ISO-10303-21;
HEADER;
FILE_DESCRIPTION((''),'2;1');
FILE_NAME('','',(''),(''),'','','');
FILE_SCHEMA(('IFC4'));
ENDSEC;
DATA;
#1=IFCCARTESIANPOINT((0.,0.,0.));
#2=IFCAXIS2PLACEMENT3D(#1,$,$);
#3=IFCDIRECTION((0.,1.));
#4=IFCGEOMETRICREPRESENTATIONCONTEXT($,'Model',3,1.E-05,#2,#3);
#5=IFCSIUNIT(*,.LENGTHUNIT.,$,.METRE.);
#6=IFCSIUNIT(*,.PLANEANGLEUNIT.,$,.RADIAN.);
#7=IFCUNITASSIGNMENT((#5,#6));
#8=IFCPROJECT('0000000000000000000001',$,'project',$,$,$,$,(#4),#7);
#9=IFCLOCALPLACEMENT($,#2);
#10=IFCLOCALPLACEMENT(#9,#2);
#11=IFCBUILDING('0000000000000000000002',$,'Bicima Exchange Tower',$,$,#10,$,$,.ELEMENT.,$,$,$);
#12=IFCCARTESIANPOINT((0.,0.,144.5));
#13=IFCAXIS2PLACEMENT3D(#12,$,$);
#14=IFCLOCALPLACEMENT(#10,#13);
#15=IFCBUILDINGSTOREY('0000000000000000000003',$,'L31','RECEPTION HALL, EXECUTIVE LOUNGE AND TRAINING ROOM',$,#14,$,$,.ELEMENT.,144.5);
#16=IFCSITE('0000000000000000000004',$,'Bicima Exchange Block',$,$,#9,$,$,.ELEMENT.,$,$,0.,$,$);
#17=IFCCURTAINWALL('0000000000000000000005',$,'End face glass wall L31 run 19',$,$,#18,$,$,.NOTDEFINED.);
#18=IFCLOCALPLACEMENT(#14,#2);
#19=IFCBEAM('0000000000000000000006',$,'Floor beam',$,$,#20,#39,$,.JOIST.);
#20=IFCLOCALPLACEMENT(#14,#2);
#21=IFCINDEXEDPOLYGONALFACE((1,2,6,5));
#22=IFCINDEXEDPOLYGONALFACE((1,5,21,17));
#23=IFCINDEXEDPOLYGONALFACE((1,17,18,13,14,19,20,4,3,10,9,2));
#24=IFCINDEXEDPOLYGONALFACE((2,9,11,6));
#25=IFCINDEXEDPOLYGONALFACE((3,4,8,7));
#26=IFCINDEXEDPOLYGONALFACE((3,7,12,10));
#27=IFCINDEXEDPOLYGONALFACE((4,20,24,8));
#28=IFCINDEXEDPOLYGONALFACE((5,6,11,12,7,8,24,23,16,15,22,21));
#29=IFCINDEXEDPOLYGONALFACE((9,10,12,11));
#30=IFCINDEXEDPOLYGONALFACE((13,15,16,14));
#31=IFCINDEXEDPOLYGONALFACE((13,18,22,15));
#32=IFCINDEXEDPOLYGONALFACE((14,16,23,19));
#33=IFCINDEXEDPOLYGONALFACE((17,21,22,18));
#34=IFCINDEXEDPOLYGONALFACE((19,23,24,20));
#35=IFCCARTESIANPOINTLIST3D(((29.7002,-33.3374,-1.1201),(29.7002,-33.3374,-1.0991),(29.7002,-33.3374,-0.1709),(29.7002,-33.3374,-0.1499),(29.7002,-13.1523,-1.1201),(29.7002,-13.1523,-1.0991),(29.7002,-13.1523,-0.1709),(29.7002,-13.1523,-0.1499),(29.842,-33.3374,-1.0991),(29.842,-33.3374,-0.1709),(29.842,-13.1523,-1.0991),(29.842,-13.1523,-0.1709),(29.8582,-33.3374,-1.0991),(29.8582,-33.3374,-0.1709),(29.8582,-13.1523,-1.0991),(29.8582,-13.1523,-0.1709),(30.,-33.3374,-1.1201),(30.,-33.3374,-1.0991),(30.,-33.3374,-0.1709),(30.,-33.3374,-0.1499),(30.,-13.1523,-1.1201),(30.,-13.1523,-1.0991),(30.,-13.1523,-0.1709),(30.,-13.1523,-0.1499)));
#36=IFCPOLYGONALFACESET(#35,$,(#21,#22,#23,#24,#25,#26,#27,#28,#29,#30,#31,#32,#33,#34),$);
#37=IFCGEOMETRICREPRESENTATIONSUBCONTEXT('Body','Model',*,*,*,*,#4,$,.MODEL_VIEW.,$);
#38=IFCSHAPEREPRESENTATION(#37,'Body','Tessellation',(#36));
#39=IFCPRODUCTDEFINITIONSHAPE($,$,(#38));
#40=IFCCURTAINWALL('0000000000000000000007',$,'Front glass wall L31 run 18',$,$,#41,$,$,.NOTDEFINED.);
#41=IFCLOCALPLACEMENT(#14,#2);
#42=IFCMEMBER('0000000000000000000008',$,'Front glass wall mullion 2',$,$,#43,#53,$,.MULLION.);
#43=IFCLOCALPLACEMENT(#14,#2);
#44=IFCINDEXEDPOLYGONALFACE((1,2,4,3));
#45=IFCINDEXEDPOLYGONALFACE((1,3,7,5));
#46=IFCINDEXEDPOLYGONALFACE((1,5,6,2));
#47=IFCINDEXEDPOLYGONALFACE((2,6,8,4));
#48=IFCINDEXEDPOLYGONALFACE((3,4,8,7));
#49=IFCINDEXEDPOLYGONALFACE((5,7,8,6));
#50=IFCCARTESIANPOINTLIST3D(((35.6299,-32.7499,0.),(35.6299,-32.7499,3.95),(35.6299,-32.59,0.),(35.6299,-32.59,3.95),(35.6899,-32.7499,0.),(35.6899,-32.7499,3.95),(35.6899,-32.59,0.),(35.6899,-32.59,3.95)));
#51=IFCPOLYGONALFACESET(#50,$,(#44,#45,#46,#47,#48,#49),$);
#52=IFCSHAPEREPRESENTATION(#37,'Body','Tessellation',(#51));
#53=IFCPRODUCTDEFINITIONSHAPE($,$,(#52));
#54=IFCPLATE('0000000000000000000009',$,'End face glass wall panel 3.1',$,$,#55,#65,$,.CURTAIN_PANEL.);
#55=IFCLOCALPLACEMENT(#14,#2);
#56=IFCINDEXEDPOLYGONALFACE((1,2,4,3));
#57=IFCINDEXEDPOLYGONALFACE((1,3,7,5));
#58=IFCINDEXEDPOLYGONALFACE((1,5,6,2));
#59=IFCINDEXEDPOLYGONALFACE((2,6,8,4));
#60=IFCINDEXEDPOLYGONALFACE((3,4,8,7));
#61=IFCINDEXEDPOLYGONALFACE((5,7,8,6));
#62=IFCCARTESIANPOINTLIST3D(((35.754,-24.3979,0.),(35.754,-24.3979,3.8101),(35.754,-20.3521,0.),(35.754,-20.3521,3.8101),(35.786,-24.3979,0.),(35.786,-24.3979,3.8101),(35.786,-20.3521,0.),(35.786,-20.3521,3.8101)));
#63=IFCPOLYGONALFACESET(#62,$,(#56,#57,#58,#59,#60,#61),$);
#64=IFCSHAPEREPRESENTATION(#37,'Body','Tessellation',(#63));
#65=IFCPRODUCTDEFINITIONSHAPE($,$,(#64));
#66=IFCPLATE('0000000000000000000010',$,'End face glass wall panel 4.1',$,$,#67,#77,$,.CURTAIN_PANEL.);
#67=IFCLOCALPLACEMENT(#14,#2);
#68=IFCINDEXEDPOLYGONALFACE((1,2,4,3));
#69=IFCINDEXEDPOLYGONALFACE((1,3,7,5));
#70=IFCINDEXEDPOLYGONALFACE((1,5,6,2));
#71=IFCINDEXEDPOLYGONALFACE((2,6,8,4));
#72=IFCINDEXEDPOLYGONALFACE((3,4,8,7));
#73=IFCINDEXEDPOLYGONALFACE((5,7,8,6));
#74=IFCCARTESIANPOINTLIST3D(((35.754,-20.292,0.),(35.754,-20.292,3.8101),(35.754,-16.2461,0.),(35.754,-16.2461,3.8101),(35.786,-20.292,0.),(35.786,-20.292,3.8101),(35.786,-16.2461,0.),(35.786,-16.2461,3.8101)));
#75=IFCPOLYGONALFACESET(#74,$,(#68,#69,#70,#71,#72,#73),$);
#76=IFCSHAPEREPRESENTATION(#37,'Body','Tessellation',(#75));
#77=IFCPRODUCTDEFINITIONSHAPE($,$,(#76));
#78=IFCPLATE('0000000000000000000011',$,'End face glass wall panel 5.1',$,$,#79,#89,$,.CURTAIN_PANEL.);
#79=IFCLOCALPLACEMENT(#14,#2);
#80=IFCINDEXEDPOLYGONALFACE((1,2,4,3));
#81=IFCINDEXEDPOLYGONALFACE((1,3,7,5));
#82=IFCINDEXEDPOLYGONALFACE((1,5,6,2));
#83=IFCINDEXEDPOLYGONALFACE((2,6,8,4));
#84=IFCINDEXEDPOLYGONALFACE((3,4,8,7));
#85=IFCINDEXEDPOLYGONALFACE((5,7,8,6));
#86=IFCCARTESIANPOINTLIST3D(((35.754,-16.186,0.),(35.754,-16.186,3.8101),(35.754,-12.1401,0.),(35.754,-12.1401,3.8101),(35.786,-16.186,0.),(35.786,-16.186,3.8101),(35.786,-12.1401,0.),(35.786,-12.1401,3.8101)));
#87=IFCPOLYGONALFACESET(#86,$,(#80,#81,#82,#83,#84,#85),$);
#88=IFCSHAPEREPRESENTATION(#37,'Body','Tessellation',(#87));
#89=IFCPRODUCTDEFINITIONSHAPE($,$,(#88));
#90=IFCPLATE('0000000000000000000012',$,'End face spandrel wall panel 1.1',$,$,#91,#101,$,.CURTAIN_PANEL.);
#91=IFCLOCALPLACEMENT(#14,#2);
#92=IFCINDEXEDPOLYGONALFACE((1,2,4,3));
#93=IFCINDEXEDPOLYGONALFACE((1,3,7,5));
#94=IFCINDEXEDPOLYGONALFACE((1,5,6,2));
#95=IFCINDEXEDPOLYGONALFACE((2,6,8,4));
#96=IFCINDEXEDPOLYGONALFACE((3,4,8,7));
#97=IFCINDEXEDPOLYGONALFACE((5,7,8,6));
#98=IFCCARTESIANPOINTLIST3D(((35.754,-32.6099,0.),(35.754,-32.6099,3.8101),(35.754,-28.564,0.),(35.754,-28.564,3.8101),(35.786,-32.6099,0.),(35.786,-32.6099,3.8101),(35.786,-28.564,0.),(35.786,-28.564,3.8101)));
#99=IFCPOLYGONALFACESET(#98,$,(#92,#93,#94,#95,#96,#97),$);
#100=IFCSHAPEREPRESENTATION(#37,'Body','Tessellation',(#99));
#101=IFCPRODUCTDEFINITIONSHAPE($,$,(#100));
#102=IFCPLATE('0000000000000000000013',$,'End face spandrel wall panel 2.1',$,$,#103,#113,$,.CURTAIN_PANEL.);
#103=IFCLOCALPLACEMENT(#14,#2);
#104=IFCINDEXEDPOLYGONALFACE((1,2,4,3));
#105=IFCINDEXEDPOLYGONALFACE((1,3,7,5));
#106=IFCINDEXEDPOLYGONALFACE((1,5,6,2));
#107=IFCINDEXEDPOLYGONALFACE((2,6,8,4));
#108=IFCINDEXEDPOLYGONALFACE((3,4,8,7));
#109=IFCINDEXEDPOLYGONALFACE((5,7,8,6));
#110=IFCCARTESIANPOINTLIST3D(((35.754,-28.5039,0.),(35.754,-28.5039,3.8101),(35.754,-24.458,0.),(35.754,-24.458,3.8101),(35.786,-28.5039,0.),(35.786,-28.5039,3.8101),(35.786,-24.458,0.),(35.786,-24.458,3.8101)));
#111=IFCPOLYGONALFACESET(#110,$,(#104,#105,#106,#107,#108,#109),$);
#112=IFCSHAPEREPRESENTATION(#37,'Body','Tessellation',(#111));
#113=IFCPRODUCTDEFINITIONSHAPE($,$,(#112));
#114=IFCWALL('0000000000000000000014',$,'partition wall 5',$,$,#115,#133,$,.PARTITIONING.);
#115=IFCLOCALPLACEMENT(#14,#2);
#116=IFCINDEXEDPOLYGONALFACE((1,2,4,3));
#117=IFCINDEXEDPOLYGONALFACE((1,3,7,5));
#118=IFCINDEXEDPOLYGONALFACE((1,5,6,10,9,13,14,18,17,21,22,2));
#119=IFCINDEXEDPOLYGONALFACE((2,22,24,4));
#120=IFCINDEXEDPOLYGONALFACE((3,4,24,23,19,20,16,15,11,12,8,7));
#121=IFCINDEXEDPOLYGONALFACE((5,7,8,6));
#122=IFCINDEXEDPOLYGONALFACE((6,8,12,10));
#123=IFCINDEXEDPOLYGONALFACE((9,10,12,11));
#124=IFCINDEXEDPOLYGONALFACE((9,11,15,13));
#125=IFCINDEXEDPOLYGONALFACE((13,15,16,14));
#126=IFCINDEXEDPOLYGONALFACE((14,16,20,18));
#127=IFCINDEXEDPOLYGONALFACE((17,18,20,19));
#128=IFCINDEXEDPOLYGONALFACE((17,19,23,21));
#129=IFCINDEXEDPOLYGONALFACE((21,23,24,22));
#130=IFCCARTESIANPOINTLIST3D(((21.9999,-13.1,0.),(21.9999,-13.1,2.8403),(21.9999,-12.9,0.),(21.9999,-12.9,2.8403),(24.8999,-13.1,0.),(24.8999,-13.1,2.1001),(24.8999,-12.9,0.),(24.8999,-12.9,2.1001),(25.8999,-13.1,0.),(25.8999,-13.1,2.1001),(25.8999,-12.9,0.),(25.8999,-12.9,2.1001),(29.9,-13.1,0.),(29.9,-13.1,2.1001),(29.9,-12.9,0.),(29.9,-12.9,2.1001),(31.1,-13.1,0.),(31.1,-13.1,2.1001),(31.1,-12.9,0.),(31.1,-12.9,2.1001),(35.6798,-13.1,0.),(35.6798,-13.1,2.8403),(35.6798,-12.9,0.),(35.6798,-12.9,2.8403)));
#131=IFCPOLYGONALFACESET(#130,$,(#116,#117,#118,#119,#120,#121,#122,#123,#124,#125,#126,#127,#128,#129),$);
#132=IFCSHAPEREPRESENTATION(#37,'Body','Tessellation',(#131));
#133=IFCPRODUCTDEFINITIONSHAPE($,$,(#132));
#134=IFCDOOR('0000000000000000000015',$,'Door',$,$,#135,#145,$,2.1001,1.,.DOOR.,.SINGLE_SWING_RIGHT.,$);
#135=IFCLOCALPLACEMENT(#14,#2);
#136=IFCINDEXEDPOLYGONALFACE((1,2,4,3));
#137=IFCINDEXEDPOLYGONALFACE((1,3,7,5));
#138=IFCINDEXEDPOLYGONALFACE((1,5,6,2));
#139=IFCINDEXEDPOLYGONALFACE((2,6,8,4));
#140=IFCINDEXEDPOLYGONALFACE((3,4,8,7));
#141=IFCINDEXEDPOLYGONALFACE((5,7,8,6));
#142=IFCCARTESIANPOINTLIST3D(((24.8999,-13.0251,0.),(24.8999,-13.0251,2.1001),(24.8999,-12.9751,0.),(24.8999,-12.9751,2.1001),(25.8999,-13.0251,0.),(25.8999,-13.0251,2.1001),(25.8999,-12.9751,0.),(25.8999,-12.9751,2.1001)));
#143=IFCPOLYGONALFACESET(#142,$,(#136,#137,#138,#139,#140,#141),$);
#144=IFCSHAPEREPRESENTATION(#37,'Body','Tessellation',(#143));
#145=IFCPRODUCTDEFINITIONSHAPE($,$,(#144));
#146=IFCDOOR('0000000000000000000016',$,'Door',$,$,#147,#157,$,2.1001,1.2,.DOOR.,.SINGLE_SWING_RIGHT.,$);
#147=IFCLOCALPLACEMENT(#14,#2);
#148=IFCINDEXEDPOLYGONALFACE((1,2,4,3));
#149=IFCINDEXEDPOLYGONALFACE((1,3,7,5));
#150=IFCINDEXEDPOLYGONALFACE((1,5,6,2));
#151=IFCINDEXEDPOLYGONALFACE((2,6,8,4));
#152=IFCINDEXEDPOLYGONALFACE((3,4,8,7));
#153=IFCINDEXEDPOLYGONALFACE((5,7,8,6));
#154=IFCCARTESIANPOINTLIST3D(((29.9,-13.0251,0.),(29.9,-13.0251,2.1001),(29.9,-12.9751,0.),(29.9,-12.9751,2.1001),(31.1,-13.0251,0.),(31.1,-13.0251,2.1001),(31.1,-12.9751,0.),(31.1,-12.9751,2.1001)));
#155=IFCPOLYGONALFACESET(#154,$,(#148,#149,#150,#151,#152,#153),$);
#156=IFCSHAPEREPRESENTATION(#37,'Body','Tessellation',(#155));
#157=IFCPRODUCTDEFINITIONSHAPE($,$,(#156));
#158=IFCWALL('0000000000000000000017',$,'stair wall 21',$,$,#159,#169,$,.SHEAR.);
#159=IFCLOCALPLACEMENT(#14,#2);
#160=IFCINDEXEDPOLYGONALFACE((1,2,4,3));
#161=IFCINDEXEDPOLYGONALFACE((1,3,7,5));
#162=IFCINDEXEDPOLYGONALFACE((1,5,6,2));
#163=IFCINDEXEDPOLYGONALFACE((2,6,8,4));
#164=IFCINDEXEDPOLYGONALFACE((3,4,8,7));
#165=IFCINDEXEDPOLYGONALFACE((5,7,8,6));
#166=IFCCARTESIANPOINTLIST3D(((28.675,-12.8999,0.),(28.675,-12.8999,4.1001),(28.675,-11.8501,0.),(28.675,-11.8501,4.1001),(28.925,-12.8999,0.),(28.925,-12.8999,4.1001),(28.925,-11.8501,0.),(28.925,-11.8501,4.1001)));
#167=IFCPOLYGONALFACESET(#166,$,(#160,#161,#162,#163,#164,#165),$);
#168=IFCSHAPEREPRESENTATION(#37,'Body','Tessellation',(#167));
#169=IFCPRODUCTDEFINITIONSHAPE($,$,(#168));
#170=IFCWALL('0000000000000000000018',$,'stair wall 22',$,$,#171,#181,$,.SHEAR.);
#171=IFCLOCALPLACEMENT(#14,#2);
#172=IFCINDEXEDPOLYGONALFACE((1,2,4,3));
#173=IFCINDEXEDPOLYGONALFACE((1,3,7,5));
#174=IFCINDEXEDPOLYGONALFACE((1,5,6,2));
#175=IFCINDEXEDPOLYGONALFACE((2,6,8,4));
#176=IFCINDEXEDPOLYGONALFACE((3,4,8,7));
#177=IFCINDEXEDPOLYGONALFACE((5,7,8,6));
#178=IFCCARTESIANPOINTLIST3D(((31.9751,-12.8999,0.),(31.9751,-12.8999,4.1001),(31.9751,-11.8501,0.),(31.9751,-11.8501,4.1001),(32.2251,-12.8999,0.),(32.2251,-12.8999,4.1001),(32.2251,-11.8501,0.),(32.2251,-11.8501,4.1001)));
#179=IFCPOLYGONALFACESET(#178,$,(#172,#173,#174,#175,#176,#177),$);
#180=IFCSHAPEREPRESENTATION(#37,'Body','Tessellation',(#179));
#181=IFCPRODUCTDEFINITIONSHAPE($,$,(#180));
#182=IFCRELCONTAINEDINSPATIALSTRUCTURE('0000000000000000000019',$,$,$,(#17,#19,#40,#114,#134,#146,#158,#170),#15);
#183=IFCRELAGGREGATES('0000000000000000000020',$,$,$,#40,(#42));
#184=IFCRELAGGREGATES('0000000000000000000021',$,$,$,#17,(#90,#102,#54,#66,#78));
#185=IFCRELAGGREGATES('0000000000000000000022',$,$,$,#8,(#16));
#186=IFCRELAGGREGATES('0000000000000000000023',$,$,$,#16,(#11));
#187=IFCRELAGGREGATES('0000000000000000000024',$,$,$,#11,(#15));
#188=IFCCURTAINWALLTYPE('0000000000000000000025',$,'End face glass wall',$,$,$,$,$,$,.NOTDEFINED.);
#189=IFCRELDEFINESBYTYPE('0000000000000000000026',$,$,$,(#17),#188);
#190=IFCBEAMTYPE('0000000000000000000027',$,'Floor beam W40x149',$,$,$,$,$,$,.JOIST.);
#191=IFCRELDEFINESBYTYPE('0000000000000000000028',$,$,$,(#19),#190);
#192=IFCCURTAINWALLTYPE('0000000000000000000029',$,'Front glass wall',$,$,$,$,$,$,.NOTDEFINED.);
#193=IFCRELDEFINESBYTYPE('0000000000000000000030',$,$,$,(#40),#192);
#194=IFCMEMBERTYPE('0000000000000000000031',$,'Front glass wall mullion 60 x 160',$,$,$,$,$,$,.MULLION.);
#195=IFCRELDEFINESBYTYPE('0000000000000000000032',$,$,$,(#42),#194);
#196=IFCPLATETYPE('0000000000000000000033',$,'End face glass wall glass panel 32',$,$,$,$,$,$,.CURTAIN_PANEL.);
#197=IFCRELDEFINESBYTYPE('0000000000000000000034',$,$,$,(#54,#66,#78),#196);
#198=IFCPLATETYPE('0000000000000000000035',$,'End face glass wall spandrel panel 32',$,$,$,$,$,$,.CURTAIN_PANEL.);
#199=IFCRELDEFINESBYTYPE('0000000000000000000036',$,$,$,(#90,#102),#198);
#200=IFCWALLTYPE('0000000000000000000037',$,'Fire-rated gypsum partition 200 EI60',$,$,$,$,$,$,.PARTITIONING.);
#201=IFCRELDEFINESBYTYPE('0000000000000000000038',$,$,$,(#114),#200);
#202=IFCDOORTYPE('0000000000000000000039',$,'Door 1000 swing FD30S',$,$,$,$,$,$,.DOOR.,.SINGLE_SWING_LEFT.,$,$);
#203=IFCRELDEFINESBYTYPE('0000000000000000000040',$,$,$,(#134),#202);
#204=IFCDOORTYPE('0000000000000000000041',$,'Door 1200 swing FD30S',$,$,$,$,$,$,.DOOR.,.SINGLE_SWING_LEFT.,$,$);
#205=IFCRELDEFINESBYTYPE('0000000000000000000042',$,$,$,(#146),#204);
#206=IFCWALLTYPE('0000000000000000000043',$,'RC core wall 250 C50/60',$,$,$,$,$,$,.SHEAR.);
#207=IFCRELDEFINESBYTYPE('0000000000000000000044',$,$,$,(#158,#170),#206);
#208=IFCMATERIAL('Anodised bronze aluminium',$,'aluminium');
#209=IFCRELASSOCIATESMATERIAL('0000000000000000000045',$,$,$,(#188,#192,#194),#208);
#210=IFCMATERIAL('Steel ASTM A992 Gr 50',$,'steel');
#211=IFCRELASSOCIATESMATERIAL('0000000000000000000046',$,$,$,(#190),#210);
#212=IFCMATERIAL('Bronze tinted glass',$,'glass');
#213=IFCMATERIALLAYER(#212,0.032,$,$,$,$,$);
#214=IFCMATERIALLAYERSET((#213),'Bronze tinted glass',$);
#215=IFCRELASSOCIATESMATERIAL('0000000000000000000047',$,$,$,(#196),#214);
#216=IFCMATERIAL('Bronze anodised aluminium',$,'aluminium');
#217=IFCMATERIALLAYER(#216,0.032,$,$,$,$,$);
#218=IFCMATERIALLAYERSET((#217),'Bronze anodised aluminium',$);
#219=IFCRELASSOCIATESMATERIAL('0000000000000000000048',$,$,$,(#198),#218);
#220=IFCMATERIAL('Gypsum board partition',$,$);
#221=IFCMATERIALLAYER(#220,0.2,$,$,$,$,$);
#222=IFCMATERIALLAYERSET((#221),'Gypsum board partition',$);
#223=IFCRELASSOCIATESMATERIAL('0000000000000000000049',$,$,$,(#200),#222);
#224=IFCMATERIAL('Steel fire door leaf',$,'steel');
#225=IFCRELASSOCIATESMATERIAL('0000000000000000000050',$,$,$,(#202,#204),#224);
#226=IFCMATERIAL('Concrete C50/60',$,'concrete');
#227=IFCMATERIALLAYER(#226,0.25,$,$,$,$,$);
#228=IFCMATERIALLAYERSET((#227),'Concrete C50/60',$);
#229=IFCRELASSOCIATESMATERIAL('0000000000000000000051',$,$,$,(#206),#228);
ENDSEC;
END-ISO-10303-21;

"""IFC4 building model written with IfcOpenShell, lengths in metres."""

from ifc_helpers import new_model, si_unit, direction, frame, frame_2d, origin, origin_2d, place, context, subcontext, project, spatial, rectangle, i_section, extrude, material, layer, layer_set, material_profile, profile_set, type_object, element, fill, aggregate, save


model = new_model("IFC4")

# Units and contexts
model_context = context("Model", 3, precision=1e-05, world=origin(), true_north=direction((0.0, 1.0)))
body_context = subcontext(model_context, "Body", "Model", "MODEL_VIEW")
ifc_project = project(units=[si_unit("LENGTHUNIT", "METRE"), si_unit("PLANEANGLEUNIT", "RADIAN")], contexts=[model_context])

# Site, building, storey
site_placement = place(None, origin())
site = spatial("IfcSite", under=ifc_project, at=site_placement, Name="Bicima Exchange Block", CompositionType="ELEMENT", RefElevation=0.0)
building_placement = place(site_placement, origin())
building = spatial("IfcBuilding", under=site, at=building_placement, Name="Bicima Exchange Tower", CompositionType="ELEMENT")
storey_placement = place(building_placement, frame((0.0, 0.0, 144.5)))
storey = spatial("IfcBuildingStorey", under=building, at=storey_placement, Name="L31", Description="RECEPTION HALL, EXECUTIVE LOUNGE AND TRAINING ROOM", CompositionType="ELEMENT", Elevation=144.5)

# Shared definitions
ifc_material_1 = material(Name="Steel ASTM A992 Gr 50", Category="steel")

# Curtain wall
ifc_material_2 = material(Name="Anodised bronze aluminium", Category="aluminium")
curtain_wall_type_1 = type_object("IfcCurtainWallType", Name="End face glass wall", PredefinedType="NOTDEFINED", material=ifc_material_2)
curtain_wall_1_placement = place(storey_placement, origin())
curtain_wall_1 = element("IfcCurtainWall", 1, at=curtain_wall_1_placement, inside=storey, type_object=curtain_wall_type_1, Name="End face glass wall L31 run 19", PredefinedType="NOTDEFINED")
ifc_material_profile_1 = material_profile(ifc_material_2, rectangle(XDim=0.1599, YDim=0.0601, at=origin_2d()))
ifc_profile_set_1 = profile_set([ifc_material_profile_1], Name="Anodised bronze aluminium")

# Beam
ifc_material_profile_2 = material_profile(ifc_material_1, i_section(OverallWidth=0.2998, OverallDepth=0.9702, WebThickness=0.0161, FlangeThickness=0.021, at=origin_2d()))
ifc_profile_set_2 = profile_set([ifc_material_profile_2], Name="Steel ASTM A992 Gr 50")
beam_type = type_object("IfcBeamType", Name="Floor beam W40x149", PredefinedType="JOIST", material=ifc_profile_set_2)
for number, where, z_axis, x_axis, name in (
    (2, (29.8501, -13.1523, -0.635), (0.0, -1.0, 0.0), (1.0, 0.0, 0.0), "Floor beam"),
):
    element("IfcBeam", number, at=place(storey_placement, frame(where, z_axis=z_axis, x_axis=x_axis)), inside=storey, type_object=beam_type, Name=name, PredefinedType="JOIST", context=body_context, shape_type="SweptSolid", body=[
        extrude(i_section(OverallWidth=0.2998, OverallDepth=0.9702, WebThickness=0.0161, FlangeThickness=0.021, at=origin_2d()), origin(), (0.0, 0.0, 1.0), 20.1851),
    ])

# Curtain wall, member
curtain_wall_type_2 = type_object("IfcCurtainWallType", Name="Front glass wall", PredefinedType="NOTDEFINED", material=ifc_material_2)
curtain_wall_2_placement = place(storey_placement, origin())
curtain_wall_2 = element("IfcCurtainWall", 3, at=curtain_wall_2_placement, inside=storey, type_object=curtain_wall_type_2, Name="Front glass wall L31 run 18", PredefinedType="NOTDEFINED")
member_type_1 = type_object("IfcMemberType", Name="Front glass wall mullion 60 x 160", PredefinedType="MULLION", material=ifc_profile_set_1)
member_1_placement = place(storey_placement, frame((35.6599, -32.6699, 0.0), z_axis=(0.0, 0.0, 1.0), x_axis=(0.0, 1.0, 0.0)))
member_1 = element("IfcMember", 4, at=member_1_placement, type_object=member_type_1, Name="Front glass wall mullion 2", PredefinedType="MULLION", context=body_context, shape_type="SweptSolid", body=[
    extrude(rectangle(XDim=0.1599, YDim=0.0601, at=origin_2d()), origin(), (0.0, 0.0, 1.0), 3.95),
])
aggregate(curtain_wall_2, [member_1])

# Plates
ifc_material_3 = material(Name="Bronze tinted glass", Category="glass")
ifc_layer_1 = layer(ifc_material_3, 0.032)
ifc_layer_set_1 = layer_set([ifc_layer_1], Name="Bronze tinted glass")
plate_type_1 = type_object("IfcPlateType", Name="End face glass wall glass panel 32", PredefinedType="CURTAIN_PANEL", material=ifc_layer_set_1)
plate_1_placement = place(storey_placement, frame((35.77, -22.375, 0.0), z_axis=(0.0, 0.0, 1.0), x_axis=(0.0, 1.0, 0.0)))
plate_1 = element("IfcPlate", 5, at=plate_1_placement, type_object=plate_type_1, Name="End face glass wall panel 3.1", PredefinedType="CURTAIN_PANEL", context=body_context, shape_type="SweptSolid", body=[
    extrude(rectangle(XDim=4.0459, YDim=0.032, at=origin_2d()), origin(), (0.0, 0.0, 1.0), 3.8101),
])
plate_2_placement = place(storey_placement, frame((35.77, -18.269, 0.0), z_axis=(0.0, 0.0, 1.0), x_axis=(0.0, 1.0, 0.0)))
plate_2 = element("IfcPlate", 6, at=plate_2_placement, type_object=plate_type_1, Name="End face glass wall panel 4.1", PredefinedType="CURTAIN_PANEL", context=body_context, shape_type="SweptSolid", body=[
    extrude(rectangle(XDim=4.0459, YDim=0.032, at=origin_2d()), origin(), (0.0, 0.0, 1.0), 3.8101),
])
plate_3_placement = place(storey_placement, frame((35.77, -14.1631, 0.0), z_axis=(0.0, 0.0, 1.0), x_axis=(0.0, 1.0, 0.0)))
plate_3 = element("IfcPlate", 7, at=plate_3_placement, type_object=plate_type_1, Name="End face glass wall panel 5.1", PredefinedType="CURTAIN_PANEL", context=body_context, shape_type="SweptSolid", body=[
    extrude(rectangle(XDim=4.0459, YDim=0.032, at=origin_2d()), origin(), (0.0, 0.0, 1.0), 3.8101),
])
ifc_material_4 = material(Name="Bronze anodised aluminium", Category="aluminium")
ifc_layer_2 = layer(ifc_material_4, 0.032)
ifc_layer_set_2 = layer_set([ifc_layer_2], Name="Bronze anodised aluminium")
plate_type_2 = type_object("IfcPlateType", Name="End face glass wall spandrel panel 32", PredefinedType="CURTAIN_PANEL", material=ifc_layer_set_2)
plate_4_placement = place(storey_placement, frame((35.77, -30.5869, 0.0), z_axis=(0.0, 0.0, 1.0), x_axis=(0.0, 1.0, 0.0)))
plate_4 = element("IfcPlate", 8, at=plate_4_placement, type_object=plate_type_2, Name="End face spandrel wall panel 1.1", PredefinedType="CURTAIN_PANEL", context=body_context, shape_type="SweptSolid", body=[
    extrude(rectangle(XDim=4.0459, YDim=0.032, at=origin_2d()), origin(), (0.0, 0.0, 1.0), 3.8101),
])
plate_5_placement = place(storey_placement, frame((35.77, -26.481, 0.0), z_axis=(0.0, 0.0, 1.0), x_axis=(0.0, 1.0, 0.0)))
plate_5 = element("IfcPlate", 9, at=plate_5_placement, type_object=plate_type_2, Name="End face spandrel wall panel 2.1", PredefinedType="CURTAIN_PANEL", context=body_context, shape_type="SweptSolid", body=[
    extrude(rectangle(XDim=4.0459, YDim=0.032, at=origin_2d()), origin(), (0.0, 0.0, 1.0), 3.8101),
])
aggregate(curtain_wall_1, [plate_4, plate_5, plate_1, plate_2, plate_3])

# Wall, openings, doors
ifc_material_5 = material(Name="Gypsum board partition")
ifc_layer_3 = layer(ifc_material_5, 0.2)
ifc_layer_set_3 = layer_set([ifc_layer_3], Name="Gypsum board partition")
wall_type_1 = type_object("IfcWallType", Name="Fire-rated gypsum partition 200 EI60", PredefinedType="PARTITIONING", material=ifc_layer_set_3)
wall_placement = place(storey_placement, frame((22.0, -13.0, 0.0), z_axis=(0.0, 0.0, 1.0), x_axis=(1.0, 0.0, 0.0)))
wall = element("IfcWall", 10, at=wall_placement, inside=storey, type_object=wall_type_1, Name="partition wall 5", PredefinedType="PARTITIONING", context=body_context, shape_type="SweptSolid", body=[
    extrude(rectangle(XDim=13.6799, YDim=0.2, at=frame_2d((6.8398, 0.0))), origin(), (0.0, 0.0, 1.0), 2.8403),
])
opening_1_placement = place(wall_placement, frame((7.8999, 0.0, 0.0)))
opening_1 = element("IfcOpeningElement", 11, at=opening_1_placement, cuts=wall, PredefinedType="OPENING", context=body_context, shape_type="SweptSolid", body=[
    extrude(rectangle(XDim=1.2, YDim=2.1001, at=frame_2d((0.6001, 1.05))), frame((0.0, 0.1118, 0.0), z_axis=(0.0, -1.0, 0.0), x_axis=(1.0, 0.0, 0.0)), (0.0, 0.0, 1.0), 0.2239),
])
opening_2_placement = place(wall_placement, frame((2.8999, 0.0, 0.0)))
opening_2 = element("IfcOpeningElement", 12, at=opening_2_placement, cuts=wall, PredefinedType="OPENING", context=body_context, shape_type="SweptSolid", body=[
    extrude(rectangle(XDim=1.0, YDim=2.1001, at=frame_2d((0.5, 1.05))), frame((0.0, 0.1118, 0.0), z_axis=(0.0, -1.0, 0.0), x_axis=(1.0, 0.0, 0.0)), (0.0, 0.0, 1.0), 0.2239),
])
ifc_material_6 = material(Name="Steel fire door leaf", Category="steel")
door_type_1 = type_object("IfcDoorType", Name="Door 1000 swing FD30S", OperationType="SINGLE_SWING_LEFT", PredefinedType="DOOR", material=ifc_material_6)
door_1_placement = place(opening_2_placement, origin())
door_1 = element("IfcDoor", 13, at=door_1_placement, inside=storey, type_object=door_type_1, Name="Door", OperationType="SINGLE_SWING_RIGHT", OverallHeight=2.1001, OverallWidth=1.0, PredefinedType="DOOR", context=body_context, shape_type="SweptSolid", body=[
    extrude(rectangle(XDim=1.0, YDim=2.1001, at=frame_2d((0.5, 1.05))), frame((0.0, 0.0249, 0.0), z_axis=(0.0, -1.0, 0.0), x_axis=(1.0, 0.0, 0.0)), (0.0, 0.0, 1.0), 0.05),
])
fill(opening_2, door_1)
door_type_2 = type_object("IfcDoorType", Name="Door 1200 swing FD30S", OperationType="SINGLE_SWING_LEFT", PredefinedType="DOOR", material=ifc_material_6)
door_2_placement = place(opening_1_placement, origin())
door_2 = element("IfcDoor", 14, at=door_2_placement, inside=storey, type_object=door_type_2, Name="Door", OperationType="SINGLE_SWING_RIGHT", OverallHeight=2.1001, OverallWidth=1.2, PredefinedType="DOOR", context=body_context, shape_type="SweptSolid", body=[
    extrude(rectangle(XDim=1.2, YDim=2.1001, at=frame_2d((0.6001, 1.05))), frame((0.0, 0.0249, 0.0), z_axis=(0.0, -1.0, 0.0), x_axis=(1.0, 0.0, 0.0)), (0.0, 0.0, 1.0), 0.05),
])
fill(opening_1, door_2)

# Walls
ifc_material_7 = material(Name="Concrete C50/60", Category="concrete")
ifc_layer_4 = layer(ifc_material_7, 0.25)
ifc_layer_set_4 = layer_set([ifc_layer_4], Name="Concrete C50/60")
wall_type_2 = type_object("IfcWallType", Name="RC core wall 250 C50/60", PredefinedType="SHEAR", material=ifc_layer_set_4)
for number, where, z_axis, x_axis, name in (
    (15, (28.8, -12.8999, 0.0), (0.0, 0.0, 1.0), (0.0, 1.0, 0.0), "stair wall 21"),
    (16, (32.1001, -12.8999, 0.0), (0.0, 0.0, 1.0), (0.0, 1.0, 0.0), "stair wall 22"),
):
    element("IfcWall", number, at=place(storey_placement, frame(where, z_axis=z_axis, x_axis=x_axis)), inside=storey, type_object=wall_type_2, Name=name, PredefinedType="SHEAR", context=body_context, shape_type="SweptSolid", body=[
        extrude(rectangle(XDim=1.0498, YDim=0.25, at=frame_2d((0.5249, 0.0))), origin(), (0.0, 0.0, 1.0), 4.1001),
    ])

save(model, "model.ifc")
